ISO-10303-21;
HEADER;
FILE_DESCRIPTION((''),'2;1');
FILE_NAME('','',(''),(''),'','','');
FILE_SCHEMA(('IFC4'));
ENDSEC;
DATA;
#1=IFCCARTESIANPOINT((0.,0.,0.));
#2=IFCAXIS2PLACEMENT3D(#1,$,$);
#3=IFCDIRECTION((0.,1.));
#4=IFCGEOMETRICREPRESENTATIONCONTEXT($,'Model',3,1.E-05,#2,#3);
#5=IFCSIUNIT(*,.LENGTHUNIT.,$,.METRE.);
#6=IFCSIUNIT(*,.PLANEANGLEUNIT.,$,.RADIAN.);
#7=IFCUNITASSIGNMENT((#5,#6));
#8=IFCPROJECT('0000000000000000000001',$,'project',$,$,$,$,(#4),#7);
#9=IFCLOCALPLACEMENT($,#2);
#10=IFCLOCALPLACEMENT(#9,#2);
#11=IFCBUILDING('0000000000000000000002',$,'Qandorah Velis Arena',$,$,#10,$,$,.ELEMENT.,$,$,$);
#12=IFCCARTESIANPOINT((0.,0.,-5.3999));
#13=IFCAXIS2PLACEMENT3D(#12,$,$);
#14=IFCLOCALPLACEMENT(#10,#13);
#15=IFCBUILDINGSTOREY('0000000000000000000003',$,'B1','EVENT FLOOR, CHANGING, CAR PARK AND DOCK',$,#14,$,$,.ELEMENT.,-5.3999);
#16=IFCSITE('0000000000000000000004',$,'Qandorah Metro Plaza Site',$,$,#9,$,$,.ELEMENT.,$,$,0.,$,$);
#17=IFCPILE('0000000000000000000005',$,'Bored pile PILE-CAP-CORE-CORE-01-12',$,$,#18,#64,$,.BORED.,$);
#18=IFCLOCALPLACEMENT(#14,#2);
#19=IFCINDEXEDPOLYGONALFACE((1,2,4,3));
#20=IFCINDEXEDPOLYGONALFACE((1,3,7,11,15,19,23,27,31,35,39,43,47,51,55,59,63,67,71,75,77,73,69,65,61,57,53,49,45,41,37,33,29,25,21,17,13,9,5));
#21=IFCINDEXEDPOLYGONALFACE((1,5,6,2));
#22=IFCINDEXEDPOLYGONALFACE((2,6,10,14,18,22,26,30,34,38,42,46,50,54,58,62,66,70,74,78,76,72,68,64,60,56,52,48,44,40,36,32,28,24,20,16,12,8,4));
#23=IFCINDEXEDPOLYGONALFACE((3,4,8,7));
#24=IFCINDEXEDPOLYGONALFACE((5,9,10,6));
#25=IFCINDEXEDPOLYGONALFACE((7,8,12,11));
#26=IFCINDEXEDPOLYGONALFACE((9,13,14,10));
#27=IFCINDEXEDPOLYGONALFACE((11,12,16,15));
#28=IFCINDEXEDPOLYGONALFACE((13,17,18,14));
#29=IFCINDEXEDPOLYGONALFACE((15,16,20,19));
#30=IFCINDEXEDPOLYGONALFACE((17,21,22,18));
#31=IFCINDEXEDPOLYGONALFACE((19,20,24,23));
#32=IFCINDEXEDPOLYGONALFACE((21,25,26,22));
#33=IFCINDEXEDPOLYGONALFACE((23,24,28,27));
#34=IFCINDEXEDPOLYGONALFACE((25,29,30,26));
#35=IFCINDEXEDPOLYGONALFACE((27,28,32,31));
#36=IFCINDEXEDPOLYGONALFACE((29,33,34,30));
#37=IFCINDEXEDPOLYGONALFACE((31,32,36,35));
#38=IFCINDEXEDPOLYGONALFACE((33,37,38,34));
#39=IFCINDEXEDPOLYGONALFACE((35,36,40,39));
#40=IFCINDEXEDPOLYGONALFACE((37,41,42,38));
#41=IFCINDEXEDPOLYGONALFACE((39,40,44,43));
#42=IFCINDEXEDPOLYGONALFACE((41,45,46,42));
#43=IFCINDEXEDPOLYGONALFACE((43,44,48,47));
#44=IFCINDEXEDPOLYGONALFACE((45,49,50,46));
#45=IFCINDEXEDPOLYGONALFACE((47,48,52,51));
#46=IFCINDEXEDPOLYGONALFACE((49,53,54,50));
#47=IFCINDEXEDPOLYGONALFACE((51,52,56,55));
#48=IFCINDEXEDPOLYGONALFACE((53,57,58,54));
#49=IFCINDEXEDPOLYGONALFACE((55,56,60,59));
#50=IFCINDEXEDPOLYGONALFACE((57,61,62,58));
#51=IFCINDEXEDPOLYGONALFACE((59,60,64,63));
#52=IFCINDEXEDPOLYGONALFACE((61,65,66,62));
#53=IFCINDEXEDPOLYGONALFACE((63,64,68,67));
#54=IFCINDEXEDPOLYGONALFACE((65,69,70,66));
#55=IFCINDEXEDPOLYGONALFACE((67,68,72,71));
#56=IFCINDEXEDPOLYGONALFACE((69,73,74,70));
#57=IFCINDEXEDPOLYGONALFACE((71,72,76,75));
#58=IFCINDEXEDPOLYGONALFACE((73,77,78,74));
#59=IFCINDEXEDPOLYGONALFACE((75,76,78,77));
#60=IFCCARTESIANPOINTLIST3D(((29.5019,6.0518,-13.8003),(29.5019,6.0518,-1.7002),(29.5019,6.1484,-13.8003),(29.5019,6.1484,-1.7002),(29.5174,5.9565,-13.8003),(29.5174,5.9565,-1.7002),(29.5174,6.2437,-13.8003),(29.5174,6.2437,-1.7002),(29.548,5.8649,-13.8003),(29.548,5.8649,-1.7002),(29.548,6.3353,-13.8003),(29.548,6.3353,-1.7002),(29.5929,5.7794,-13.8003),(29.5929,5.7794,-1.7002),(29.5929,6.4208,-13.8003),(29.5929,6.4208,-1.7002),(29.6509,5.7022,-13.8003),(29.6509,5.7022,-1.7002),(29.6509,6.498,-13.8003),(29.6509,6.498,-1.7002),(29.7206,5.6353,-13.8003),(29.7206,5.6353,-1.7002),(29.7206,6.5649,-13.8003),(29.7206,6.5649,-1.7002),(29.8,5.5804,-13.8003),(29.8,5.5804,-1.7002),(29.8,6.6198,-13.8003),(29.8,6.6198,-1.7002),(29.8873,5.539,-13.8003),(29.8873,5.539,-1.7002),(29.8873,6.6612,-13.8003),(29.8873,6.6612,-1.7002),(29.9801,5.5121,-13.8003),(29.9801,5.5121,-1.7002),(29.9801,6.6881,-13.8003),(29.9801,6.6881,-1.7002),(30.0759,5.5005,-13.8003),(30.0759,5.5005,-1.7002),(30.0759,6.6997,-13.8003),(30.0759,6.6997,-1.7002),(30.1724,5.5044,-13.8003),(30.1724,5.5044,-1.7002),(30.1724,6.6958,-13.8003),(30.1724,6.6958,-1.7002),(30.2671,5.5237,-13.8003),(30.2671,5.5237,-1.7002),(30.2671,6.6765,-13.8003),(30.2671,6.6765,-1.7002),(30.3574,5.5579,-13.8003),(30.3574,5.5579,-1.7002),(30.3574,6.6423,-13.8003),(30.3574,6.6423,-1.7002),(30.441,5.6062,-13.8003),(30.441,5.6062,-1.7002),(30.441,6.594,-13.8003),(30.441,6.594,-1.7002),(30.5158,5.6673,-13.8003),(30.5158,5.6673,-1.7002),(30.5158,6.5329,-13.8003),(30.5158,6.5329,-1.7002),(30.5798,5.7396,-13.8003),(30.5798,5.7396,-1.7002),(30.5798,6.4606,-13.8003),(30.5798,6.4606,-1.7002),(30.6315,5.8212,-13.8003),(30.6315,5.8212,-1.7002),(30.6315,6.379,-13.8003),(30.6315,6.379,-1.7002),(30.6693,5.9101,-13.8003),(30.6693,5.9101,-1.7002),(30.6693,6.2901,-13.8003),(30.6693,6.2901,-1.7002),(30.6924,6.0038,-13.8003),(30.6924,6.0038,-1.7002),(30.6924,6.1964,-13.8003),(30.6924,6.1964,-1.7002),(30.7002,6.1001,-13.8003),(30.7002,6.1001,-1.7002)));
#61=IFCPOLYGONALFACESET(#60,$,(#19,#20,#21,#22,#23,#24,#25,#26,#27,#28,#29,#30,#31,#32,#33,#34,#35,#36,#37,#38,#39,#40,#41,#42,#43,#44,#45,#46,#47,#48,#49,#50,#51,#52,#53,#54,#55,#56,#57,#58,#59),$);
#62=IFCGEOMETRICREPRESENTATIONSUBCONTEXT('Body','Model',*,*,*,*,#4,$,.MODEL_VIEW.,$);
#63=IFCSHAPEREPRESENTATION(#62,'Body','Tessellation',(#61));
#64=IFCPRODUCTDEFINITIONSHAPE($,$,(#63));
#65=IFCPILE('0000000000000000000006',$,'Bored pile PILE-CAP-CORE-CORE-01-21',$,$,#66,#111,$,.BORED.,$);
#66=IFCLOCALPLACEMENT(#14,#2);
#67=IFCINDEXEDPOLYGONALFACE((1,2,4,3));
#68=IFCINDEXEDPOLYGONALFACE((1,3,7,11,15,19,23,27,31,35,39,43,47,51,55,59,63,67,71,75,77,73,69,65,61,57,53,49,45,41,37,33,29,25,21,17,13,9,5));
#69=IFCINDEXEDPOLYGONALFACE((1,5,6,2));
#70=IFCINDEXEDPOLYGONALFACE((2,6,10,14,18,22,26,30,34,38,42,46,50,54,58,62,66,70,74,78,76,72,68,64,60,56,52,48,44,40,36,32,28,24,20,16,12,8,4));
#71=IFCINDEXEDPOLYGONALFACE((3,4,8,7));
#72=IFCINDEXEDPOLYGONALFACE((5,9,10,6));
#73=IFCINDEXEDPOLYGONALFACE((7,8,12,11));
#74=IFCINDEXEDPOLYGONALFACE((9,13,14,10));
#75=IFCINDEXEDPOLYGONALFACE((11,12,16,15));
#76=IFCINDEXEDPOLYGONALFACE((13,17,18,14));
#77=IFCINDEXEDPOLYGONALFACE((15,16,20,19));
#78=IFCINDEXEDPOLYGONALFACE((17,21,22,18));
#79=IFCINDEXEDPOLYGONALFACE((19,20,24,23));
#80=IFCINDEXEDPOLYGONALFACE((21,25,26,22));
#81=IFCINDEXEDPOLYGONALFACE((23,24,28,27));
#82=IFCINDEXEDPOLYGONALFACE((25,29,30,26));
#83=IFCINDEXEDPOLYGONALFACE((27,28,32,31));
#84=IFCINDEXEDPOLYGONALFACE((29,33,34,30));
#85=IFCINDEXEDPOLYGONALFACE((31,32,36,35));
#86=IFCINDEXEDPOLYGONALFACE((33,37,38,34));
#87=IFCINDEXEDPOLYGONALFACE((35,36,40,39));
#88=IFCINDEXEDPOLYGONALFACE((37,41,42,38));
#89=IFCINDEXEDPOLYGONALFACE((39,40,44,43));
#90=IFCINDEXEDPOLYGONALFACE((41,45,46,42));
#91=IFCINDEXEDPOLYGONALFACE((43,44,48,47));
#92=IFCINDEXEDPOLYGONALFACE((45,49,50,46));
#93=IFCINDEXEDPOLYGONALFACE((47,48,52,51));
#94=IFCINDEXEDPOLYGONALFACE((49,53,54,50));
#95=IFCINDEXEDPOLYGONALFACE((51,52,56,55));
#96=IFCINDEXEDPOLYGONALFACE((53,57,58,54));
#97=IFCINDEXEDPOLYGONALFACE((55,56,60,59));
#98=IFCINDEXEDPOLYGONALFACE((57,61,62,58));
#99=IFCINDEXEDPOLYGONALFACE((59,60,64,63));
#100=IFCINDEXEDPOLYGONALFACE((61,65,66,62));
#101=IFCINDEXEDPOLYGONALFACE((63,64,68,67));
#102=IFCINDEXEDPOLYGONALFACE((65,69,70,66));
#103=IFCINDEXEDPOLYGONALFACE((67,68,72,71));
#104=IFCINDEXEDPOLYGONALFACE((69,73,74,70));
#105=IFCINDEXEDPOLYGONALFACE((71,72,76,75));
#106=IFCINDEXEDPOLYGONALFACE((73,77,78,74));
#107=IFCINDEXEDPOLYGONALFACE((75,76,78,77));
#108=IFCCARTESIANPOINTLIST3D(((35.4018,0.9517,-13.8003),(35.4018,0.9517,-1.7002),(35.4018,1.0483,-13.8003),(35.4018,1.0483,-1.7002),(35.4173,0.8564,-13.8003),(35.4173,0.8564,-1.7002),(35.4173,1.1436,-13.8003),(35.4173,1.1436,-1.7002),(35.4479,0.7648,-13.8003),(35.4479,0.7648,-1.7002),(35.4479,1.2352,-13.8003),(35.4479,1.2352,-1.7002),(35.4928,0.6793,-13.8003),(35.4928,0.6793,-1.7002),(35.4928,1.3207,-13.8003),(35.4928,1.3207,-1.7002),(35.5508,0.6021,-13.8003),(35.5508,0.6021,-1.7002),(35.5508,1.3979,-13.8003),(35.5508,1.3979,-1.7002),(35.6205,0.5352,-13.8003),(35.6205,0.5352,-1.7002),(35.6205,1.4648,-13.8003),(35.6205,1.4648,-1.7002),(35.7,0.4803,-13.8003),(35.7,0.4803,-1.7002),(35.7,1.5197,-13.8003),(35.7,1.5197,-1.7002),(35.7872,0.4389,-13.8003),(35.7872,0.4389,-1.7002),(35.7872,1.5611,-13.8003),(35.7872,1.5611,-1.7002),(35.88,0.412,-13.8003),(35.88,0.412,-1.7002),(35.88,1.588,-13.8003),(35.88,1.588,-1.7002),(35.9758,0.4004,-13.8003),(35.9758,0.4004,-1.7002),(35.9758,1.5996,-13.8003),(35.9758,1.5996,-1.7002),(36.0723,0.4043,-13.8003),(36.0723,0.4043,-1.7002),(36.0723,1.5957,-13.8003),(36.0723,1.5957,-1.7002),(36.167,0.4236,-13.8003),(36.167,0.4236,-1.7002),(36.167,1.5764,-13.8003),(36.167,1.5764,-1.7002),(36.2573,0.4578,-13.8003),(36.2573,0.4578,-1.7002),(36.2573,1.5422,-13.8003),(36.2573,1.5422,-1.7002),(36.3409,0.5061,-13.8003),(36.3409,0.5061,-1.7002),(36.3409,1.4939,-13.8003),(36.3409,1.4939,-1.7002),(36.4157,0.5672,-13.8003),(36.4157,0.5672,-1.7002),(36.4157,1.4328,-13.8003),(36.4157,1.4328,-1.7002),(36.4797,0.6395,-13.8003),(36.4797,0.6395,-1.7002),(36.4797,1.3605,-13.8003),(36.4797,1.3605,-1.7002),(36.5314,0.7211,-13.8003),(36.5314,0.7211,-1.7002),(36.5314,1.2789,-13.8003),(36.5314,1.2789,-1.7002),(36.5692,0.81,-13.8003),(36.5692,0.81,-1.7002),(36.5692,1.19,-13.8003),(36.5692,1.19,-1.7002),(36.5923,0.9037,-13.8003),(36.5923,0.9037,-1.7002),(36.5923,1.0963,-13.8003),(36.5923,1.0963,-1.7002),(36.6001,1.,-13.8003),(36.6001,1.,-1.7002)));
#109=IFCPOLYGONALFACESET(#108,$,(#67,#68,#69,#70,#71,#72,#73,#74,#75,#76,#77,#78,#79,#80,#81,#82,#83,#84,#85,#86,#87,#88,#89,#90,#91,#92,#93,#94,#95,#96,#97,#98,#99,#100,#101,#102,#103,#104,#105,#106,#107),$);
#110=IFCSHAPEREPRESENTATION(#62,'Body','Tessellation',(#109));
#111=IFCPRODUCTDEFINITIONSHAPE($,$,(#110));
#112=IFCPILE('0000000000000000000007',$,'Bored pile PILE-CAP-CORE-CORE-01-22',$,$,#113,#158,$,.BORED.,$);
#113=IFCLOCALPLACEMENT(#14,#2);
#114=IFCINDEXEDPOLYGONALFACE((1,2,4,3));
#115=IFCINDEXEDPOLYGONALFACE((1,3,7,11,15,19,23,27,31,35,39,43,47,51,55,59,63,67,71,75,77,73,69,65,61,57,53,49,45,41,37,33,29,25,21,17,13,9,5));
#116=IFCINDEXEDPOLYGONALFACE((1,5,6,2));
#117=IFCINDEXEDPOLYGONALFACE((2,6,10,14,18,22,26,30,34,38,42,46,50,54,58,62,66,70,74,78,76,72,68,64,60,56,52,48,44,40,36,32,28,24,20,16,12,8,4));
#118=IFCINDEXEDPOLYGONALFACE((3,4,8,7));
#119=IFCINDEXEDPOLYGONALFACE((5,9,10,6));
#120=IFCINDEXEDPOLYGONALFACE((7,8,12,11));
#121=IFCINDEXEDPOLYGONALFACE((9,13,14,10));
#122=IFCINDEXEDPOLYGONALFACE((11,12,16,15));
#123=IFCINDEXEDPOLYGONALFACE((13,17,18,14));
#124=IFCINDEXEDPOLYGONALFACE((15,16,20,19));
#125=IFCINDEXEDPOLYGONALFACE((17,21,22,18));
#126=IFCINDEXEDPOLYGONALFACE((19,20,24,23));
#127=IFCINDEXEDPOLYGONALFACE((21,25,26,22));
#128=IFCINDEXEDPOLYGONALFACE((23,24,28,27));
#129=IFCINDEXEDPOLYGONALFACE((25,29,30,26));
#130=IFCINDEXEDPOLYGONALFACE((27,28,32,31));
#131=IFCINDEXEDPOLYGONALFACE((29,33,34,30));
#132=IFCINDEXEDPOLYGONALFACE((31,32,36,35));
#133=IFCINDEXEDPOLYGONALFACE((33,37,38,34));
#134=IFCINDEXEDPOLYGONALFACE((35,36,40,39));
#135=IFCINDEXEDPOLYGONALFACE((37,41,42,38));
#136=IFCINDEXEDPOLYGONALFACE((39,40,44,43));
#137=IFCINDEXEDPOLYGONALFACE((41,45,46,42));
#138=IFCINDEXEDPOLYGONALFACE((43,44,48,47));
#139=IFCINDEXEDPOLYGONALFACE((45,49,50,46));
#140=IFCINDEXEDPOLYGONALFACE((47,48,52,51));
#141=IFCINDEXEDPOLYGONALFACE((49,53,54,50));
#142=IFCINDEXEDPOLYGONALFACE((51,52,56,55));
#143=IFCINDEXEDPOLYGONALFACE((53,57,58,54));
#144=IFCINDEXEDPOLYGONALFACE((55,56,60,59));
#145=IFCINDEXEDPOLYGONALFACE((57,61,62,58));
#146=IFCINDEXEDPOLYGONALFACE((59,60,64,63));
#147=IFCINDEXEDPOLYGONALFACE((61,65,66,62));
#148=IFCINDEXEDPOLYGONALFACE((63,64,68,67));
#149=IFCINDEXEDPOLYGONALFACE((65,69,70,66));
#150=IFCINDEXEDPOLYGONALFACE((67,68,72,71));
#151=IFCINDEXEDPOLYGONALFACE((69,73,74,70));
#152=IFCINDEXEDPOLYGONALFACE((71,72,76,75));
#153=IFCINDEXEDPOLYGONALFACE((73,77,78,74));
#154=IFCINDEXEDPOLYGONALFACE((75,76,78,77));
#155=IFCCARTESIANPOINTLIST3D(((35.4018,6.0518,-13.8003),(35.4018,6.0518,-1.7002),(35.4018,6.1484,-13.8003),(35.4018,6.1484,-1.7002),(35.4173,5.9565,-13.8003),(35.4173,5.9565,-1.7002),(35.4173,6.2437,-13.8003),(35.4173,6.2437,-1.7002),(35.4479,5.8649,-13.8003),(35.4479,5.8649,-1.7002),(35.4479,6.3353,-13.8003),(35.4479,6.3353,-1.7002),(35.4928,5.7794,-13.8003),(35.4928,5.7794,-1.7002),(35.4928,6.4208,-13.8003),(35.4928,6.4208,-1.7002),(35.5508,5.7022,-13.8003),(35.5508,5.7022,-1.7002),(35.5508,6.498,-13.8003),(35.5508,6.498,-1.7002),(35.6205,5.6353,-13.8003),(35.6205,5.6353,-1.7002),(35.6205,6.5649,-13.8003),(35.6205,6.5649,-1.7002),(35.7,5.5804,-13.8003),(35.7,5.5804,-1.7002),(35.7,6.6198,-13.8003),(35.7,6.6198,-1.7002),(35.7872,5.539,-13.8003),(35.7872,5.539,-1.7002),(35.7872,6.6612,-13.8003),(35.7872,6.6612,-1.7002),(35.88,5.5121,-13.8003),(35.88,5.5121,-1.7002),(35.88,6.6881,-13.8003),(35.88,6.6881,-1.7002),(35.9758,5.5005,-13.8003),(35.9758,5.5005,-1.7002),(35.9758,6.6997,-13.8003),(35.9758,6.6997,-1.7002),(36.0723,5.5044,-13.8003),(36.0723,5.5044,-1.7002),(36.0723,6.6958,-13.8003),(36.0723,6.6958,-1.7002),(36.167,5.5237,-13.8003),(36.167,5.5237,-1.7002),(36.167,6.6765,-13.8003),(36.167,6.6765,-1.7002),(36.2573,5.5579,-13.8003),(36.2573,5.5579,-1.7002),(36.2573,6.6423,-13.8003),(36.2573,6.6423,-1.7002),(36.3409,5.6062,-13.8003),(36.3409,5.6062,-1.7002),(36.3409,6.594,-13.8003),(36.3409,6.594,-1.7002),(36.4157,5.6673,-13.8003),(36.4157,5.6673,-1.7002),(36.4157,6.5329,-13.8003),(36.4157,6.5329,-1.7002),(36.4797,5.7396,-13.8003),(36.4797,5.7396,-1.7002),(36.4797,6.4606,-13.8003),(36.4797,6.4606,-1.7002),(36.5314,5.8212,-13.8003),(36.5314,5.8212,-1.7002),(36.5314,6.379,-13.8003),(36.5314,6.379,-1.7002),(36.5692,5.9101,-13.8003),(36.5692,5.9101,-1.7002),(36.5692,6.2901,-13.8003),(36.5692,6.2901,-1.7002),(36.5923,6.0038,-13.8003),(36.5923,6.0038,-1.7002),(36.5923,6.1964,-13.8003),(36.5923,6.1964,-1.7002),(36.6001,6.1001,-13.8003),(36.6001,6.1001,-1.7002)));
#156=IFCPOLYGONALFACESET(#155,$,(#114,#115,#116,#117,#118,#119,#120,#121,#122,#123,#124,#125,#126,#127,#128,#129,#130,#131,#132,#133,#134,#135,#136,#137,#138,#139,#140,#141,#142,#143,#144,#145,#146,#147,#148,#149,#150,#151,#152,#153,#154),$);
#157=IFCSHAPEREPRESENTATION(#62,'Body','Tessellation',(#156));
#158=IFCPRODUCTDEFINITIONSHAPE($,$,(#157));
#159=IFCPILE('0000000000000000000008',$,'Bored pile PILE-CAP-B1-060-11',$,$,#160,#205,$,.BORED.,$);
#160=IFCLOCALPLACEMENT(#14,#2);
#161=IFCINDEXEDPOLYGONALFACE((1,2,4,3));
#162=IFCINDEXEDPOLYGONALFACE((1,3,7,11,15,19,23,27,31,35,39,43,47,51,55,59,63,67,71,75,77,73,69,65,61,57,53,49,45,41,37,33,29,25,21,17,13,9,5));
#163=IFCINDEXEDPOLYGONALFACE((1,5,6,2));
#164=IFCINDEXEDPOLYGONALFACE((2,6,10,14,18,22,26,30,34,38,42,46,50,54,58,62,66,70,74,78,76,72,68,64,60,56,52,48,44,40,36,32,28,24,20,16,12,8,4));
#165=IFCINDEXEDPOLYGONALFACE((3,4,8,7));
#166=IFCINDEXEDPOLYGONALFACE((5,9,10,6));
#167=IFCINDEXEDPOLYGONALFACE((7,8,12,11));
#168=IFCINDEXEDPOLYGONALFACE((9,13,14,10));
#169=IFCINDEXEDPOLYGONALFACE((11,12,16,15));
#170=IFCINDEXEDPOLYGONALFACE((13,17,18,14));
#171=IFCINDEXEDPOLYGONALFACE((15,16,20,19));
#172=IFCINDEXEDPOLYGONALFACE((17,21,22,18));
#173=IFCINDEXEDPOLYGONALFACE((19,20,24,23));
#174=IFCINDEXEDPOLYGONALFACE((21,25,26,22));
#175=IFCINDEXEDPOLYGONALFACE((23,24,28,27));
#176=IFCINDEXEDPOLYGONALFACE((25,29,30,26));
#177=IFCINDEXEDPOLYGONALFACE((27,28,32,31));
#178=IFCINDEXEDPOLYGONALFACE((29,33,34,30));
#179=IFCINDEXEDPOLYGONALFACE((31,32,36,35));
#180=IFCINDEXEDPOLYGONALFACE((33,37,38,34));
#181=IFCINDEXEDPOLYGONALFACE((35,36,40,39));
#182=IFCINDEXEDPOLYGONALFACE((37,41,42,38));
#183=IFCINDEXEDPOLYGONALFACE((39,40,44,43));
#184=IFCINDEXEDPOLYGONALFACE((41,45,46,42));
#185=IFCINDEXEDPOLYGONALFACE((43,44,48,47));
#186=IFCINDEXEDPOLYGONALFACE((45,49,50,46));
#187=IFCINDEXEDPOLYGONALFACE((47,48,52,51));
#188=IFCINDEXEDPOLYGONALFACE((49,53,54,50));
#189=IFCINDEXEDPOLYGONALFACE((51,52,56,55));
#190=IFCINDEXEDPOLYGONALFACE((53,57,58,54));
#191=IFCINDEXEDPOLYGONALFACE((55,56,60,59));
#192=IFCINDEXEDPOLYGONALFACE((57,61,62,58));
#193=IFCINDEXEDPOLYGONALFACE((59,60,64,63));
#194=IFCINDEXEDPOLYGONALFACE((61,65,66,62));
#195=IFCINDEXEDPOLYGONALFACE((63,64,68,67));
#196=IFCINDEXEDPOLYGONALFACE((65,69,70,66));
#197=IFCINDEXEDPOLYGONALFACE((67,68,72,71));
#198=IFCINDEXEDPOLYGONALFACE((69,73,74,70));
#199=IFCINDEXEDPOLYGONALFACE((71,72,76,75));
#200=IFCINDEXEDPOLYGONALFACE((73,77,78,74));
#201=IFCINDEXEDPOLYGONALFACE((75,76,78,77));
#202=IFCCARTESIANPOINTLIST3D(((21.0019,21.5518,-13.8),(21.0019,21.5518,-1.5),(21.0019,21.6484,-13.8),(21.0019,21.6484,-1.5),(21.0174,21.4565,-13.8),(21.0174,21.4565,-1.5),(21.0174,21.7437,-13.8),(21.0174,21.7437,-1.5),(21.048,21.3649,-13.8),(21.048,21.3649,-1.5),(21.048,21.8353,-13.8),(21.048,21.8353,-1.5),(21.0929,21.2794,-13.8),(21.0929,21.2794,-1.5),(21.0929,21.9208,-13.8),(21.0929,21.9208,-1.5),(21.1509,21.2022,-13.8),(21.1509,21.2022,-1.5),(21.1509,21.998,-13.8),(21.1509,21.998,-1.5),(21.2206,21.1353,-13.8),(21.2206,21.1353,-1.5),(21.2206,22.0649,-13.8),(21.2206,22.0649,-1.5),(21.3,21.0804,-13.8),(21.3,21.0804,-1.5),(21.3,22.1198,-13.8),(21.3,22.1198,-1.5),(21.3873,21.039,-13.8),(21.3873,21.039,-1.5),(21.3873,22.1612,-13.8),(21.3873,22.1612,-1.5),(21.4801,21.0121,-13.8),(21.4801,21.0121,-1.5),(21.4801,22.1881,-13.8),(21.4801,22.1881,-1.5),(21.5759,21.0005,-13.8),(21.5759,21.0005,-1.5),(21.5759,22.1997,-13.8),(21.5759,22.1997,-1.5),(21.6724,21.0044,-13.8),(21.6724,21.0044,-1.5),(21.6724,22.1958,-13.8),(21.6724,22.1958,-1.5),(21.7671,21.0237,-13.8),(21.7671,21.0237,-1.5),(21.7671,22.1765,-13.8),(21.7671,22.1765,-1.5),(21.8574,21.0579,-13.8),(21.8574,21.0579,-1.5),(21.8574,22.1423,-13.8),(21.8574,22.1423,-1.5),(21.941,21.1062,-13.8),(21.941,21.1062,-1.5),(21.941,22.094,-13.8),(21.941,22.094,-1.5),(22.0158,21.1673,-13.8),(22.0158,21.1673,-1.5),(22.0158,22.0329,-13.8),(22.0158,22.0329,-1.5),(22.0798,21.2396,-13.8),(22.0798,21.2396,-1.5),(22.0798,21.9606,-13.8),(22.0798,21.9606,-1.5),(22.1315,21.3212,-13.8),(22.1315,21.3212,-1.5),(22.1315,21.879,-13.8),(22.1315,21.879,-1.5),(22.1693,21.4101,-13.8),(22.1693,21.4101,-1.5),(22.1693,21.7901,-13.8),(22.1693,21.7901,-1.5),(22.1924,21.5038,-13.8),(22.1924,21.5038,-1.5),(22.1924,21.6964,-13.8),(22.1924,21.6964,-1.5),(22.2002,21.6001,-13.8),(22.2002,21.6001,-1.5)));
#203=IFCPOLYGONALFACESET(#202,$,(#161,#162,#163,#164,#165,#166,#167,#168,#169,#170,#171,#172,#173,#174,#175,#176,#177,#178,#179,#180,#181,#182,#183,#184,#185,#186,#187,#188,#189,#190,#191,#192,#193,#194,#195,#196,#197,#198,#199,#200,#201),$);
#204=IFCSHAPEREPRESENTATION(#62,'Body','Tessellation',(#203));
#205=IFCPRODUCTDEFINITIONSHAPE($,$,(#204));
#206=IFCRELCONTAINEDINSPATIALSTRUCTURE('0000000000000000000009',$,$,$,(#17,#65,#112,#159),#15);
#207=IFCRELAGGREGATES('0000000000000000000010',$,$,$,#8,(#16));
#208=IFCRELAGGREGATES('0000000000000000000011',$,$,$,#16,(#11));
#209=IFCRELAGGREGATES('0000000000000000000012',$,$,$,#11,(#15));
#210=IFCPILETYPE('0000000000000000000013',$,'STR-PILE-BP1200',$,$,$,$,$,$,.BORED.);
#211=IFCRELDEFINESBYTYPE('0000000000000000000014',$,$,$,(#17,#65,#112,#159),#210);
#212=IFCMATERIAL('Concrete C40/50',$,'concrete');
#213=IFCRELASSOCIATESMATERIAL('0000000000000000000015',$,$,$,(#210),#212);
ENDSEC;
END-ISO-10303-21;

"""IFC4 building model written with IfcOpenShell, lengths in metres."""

from ifc_helpers import new_model, si_unit, direction, frame, origin, origin_2d, place, context, subcontext, project, spatial, circle, extrude, material, material_profile, profile_set, type_object, element, save


model = new_model("IFC4")

# Units and contexts
model_context = context("Model", 3, precision=1e-05, world=origin(), true_north=direction((0.0, 1.0)))
body_context = subcontext(model_context, "Body", "Model", "MODEL_VIEW")
ifc_project = project(units=[si_unit("LENGTHUNIT", "METRE"), si_unit("PLANEANGLEUNIT", "RADIAN")], contexts=[model_context])

# Site, building, storey
site_placement = place(None, origin())
site = spatial("IfcSite", under=ifc_project, at=site_placement, Name="Qandorah Metro Plaza Site", CompositionType="ELEMENT", RefElevation=0.0)
building_placement = place(site_placement, origin())
building = spatial("IfcBuilding", under=site, at=building_placement, Name="Qandorah Velis Arena", CompositionType="ELEMENT")
storey_placement = place(building_placement, frame((0.0, 0.0, -5.3999)))
storey = spatial("IfcBuildingStorey", under=building, at=storey_placement, Name="B1", Description="EVENT FLOOR, CHANGING, CAR PARK AND DOCK", CompositionType="ELEMENT", Elevation=-5.3999)

# Shared definitions
ifc_material_1 = material(Name="Concrete C40/50", Category="concrete")

# Piles
ifc_material_profile_1 = material_profile(ifc_material_1, circle(Radius=0.6001, at=origin_2d()), Name="BORED PILE D1200")
ifc_profile_set_1 = profile_set([ifc_material_profile_1], Name="Concrete C40/50")
pile_type_1 = type_object("IfcPileType", Name="STR-PILE-BP1200", PredefinedType="BORED", material=ifc_profile_set_1)
for number, where, z_axis, x_axis, name in (
    (1, (30.1001, 6.1001, -1.7002), (0.0, 0.0, -1.0), (1.0, 0.0, 0.0), "Bored pile PILE-CAP-CORE-CORE-01-12"),
    (2, (36.0, 1.0, -1.7002), (0.0, 0.0, -1.0), (1.0, 0.0, 0.0), "Bored pile PILE-CAP-CORE-CORE-01-21"),
    (3, (36.0, 6.1001, -1.7002), (0.0, 0.0, -1.0), (1.0, 0.0, 0.0), "Bored pile PILE-CAP-CORE-CORE-01-22"),
):
    element("IfcPile", number, at=place(storey_placement, frame(where, z_axis=z_axis, x_axis=x_axis)), inside=storey, type_object=pile_type_1, Name=name, PredefinedType="BORED", context=body_context, shape_type="SweptSolid", body=[
        extrude(circle(Radius=0.6001, at=origin_2d()), origin(), (0.0, 0.0, 1.0), 12.1001),
    ])
for number, where, z_axis, x_axis, name in (
    (4, (21.6001, 21.6001, -1.5), (0.0, 0.0, -1.0), (1.0, 0.0, 0.0), "Bored pile PILE-CAP-B1-060-11"),
):
    element("IfcPile", number, at=place(storey_placement, frame(where, z_axis=z_axis, x_axis=x_axis)), inside=storey, type_object=pile_type_1, Name=name, PredefinedType="BORED", context=body_context, shape_type="SweptSolid", body=[
        extrude(circle(Radius=0.6001, at=origin_2d()), origin(), (0.0, 0.0, 1.0), 12.3),
    ])

save(model, "model.ifc")
